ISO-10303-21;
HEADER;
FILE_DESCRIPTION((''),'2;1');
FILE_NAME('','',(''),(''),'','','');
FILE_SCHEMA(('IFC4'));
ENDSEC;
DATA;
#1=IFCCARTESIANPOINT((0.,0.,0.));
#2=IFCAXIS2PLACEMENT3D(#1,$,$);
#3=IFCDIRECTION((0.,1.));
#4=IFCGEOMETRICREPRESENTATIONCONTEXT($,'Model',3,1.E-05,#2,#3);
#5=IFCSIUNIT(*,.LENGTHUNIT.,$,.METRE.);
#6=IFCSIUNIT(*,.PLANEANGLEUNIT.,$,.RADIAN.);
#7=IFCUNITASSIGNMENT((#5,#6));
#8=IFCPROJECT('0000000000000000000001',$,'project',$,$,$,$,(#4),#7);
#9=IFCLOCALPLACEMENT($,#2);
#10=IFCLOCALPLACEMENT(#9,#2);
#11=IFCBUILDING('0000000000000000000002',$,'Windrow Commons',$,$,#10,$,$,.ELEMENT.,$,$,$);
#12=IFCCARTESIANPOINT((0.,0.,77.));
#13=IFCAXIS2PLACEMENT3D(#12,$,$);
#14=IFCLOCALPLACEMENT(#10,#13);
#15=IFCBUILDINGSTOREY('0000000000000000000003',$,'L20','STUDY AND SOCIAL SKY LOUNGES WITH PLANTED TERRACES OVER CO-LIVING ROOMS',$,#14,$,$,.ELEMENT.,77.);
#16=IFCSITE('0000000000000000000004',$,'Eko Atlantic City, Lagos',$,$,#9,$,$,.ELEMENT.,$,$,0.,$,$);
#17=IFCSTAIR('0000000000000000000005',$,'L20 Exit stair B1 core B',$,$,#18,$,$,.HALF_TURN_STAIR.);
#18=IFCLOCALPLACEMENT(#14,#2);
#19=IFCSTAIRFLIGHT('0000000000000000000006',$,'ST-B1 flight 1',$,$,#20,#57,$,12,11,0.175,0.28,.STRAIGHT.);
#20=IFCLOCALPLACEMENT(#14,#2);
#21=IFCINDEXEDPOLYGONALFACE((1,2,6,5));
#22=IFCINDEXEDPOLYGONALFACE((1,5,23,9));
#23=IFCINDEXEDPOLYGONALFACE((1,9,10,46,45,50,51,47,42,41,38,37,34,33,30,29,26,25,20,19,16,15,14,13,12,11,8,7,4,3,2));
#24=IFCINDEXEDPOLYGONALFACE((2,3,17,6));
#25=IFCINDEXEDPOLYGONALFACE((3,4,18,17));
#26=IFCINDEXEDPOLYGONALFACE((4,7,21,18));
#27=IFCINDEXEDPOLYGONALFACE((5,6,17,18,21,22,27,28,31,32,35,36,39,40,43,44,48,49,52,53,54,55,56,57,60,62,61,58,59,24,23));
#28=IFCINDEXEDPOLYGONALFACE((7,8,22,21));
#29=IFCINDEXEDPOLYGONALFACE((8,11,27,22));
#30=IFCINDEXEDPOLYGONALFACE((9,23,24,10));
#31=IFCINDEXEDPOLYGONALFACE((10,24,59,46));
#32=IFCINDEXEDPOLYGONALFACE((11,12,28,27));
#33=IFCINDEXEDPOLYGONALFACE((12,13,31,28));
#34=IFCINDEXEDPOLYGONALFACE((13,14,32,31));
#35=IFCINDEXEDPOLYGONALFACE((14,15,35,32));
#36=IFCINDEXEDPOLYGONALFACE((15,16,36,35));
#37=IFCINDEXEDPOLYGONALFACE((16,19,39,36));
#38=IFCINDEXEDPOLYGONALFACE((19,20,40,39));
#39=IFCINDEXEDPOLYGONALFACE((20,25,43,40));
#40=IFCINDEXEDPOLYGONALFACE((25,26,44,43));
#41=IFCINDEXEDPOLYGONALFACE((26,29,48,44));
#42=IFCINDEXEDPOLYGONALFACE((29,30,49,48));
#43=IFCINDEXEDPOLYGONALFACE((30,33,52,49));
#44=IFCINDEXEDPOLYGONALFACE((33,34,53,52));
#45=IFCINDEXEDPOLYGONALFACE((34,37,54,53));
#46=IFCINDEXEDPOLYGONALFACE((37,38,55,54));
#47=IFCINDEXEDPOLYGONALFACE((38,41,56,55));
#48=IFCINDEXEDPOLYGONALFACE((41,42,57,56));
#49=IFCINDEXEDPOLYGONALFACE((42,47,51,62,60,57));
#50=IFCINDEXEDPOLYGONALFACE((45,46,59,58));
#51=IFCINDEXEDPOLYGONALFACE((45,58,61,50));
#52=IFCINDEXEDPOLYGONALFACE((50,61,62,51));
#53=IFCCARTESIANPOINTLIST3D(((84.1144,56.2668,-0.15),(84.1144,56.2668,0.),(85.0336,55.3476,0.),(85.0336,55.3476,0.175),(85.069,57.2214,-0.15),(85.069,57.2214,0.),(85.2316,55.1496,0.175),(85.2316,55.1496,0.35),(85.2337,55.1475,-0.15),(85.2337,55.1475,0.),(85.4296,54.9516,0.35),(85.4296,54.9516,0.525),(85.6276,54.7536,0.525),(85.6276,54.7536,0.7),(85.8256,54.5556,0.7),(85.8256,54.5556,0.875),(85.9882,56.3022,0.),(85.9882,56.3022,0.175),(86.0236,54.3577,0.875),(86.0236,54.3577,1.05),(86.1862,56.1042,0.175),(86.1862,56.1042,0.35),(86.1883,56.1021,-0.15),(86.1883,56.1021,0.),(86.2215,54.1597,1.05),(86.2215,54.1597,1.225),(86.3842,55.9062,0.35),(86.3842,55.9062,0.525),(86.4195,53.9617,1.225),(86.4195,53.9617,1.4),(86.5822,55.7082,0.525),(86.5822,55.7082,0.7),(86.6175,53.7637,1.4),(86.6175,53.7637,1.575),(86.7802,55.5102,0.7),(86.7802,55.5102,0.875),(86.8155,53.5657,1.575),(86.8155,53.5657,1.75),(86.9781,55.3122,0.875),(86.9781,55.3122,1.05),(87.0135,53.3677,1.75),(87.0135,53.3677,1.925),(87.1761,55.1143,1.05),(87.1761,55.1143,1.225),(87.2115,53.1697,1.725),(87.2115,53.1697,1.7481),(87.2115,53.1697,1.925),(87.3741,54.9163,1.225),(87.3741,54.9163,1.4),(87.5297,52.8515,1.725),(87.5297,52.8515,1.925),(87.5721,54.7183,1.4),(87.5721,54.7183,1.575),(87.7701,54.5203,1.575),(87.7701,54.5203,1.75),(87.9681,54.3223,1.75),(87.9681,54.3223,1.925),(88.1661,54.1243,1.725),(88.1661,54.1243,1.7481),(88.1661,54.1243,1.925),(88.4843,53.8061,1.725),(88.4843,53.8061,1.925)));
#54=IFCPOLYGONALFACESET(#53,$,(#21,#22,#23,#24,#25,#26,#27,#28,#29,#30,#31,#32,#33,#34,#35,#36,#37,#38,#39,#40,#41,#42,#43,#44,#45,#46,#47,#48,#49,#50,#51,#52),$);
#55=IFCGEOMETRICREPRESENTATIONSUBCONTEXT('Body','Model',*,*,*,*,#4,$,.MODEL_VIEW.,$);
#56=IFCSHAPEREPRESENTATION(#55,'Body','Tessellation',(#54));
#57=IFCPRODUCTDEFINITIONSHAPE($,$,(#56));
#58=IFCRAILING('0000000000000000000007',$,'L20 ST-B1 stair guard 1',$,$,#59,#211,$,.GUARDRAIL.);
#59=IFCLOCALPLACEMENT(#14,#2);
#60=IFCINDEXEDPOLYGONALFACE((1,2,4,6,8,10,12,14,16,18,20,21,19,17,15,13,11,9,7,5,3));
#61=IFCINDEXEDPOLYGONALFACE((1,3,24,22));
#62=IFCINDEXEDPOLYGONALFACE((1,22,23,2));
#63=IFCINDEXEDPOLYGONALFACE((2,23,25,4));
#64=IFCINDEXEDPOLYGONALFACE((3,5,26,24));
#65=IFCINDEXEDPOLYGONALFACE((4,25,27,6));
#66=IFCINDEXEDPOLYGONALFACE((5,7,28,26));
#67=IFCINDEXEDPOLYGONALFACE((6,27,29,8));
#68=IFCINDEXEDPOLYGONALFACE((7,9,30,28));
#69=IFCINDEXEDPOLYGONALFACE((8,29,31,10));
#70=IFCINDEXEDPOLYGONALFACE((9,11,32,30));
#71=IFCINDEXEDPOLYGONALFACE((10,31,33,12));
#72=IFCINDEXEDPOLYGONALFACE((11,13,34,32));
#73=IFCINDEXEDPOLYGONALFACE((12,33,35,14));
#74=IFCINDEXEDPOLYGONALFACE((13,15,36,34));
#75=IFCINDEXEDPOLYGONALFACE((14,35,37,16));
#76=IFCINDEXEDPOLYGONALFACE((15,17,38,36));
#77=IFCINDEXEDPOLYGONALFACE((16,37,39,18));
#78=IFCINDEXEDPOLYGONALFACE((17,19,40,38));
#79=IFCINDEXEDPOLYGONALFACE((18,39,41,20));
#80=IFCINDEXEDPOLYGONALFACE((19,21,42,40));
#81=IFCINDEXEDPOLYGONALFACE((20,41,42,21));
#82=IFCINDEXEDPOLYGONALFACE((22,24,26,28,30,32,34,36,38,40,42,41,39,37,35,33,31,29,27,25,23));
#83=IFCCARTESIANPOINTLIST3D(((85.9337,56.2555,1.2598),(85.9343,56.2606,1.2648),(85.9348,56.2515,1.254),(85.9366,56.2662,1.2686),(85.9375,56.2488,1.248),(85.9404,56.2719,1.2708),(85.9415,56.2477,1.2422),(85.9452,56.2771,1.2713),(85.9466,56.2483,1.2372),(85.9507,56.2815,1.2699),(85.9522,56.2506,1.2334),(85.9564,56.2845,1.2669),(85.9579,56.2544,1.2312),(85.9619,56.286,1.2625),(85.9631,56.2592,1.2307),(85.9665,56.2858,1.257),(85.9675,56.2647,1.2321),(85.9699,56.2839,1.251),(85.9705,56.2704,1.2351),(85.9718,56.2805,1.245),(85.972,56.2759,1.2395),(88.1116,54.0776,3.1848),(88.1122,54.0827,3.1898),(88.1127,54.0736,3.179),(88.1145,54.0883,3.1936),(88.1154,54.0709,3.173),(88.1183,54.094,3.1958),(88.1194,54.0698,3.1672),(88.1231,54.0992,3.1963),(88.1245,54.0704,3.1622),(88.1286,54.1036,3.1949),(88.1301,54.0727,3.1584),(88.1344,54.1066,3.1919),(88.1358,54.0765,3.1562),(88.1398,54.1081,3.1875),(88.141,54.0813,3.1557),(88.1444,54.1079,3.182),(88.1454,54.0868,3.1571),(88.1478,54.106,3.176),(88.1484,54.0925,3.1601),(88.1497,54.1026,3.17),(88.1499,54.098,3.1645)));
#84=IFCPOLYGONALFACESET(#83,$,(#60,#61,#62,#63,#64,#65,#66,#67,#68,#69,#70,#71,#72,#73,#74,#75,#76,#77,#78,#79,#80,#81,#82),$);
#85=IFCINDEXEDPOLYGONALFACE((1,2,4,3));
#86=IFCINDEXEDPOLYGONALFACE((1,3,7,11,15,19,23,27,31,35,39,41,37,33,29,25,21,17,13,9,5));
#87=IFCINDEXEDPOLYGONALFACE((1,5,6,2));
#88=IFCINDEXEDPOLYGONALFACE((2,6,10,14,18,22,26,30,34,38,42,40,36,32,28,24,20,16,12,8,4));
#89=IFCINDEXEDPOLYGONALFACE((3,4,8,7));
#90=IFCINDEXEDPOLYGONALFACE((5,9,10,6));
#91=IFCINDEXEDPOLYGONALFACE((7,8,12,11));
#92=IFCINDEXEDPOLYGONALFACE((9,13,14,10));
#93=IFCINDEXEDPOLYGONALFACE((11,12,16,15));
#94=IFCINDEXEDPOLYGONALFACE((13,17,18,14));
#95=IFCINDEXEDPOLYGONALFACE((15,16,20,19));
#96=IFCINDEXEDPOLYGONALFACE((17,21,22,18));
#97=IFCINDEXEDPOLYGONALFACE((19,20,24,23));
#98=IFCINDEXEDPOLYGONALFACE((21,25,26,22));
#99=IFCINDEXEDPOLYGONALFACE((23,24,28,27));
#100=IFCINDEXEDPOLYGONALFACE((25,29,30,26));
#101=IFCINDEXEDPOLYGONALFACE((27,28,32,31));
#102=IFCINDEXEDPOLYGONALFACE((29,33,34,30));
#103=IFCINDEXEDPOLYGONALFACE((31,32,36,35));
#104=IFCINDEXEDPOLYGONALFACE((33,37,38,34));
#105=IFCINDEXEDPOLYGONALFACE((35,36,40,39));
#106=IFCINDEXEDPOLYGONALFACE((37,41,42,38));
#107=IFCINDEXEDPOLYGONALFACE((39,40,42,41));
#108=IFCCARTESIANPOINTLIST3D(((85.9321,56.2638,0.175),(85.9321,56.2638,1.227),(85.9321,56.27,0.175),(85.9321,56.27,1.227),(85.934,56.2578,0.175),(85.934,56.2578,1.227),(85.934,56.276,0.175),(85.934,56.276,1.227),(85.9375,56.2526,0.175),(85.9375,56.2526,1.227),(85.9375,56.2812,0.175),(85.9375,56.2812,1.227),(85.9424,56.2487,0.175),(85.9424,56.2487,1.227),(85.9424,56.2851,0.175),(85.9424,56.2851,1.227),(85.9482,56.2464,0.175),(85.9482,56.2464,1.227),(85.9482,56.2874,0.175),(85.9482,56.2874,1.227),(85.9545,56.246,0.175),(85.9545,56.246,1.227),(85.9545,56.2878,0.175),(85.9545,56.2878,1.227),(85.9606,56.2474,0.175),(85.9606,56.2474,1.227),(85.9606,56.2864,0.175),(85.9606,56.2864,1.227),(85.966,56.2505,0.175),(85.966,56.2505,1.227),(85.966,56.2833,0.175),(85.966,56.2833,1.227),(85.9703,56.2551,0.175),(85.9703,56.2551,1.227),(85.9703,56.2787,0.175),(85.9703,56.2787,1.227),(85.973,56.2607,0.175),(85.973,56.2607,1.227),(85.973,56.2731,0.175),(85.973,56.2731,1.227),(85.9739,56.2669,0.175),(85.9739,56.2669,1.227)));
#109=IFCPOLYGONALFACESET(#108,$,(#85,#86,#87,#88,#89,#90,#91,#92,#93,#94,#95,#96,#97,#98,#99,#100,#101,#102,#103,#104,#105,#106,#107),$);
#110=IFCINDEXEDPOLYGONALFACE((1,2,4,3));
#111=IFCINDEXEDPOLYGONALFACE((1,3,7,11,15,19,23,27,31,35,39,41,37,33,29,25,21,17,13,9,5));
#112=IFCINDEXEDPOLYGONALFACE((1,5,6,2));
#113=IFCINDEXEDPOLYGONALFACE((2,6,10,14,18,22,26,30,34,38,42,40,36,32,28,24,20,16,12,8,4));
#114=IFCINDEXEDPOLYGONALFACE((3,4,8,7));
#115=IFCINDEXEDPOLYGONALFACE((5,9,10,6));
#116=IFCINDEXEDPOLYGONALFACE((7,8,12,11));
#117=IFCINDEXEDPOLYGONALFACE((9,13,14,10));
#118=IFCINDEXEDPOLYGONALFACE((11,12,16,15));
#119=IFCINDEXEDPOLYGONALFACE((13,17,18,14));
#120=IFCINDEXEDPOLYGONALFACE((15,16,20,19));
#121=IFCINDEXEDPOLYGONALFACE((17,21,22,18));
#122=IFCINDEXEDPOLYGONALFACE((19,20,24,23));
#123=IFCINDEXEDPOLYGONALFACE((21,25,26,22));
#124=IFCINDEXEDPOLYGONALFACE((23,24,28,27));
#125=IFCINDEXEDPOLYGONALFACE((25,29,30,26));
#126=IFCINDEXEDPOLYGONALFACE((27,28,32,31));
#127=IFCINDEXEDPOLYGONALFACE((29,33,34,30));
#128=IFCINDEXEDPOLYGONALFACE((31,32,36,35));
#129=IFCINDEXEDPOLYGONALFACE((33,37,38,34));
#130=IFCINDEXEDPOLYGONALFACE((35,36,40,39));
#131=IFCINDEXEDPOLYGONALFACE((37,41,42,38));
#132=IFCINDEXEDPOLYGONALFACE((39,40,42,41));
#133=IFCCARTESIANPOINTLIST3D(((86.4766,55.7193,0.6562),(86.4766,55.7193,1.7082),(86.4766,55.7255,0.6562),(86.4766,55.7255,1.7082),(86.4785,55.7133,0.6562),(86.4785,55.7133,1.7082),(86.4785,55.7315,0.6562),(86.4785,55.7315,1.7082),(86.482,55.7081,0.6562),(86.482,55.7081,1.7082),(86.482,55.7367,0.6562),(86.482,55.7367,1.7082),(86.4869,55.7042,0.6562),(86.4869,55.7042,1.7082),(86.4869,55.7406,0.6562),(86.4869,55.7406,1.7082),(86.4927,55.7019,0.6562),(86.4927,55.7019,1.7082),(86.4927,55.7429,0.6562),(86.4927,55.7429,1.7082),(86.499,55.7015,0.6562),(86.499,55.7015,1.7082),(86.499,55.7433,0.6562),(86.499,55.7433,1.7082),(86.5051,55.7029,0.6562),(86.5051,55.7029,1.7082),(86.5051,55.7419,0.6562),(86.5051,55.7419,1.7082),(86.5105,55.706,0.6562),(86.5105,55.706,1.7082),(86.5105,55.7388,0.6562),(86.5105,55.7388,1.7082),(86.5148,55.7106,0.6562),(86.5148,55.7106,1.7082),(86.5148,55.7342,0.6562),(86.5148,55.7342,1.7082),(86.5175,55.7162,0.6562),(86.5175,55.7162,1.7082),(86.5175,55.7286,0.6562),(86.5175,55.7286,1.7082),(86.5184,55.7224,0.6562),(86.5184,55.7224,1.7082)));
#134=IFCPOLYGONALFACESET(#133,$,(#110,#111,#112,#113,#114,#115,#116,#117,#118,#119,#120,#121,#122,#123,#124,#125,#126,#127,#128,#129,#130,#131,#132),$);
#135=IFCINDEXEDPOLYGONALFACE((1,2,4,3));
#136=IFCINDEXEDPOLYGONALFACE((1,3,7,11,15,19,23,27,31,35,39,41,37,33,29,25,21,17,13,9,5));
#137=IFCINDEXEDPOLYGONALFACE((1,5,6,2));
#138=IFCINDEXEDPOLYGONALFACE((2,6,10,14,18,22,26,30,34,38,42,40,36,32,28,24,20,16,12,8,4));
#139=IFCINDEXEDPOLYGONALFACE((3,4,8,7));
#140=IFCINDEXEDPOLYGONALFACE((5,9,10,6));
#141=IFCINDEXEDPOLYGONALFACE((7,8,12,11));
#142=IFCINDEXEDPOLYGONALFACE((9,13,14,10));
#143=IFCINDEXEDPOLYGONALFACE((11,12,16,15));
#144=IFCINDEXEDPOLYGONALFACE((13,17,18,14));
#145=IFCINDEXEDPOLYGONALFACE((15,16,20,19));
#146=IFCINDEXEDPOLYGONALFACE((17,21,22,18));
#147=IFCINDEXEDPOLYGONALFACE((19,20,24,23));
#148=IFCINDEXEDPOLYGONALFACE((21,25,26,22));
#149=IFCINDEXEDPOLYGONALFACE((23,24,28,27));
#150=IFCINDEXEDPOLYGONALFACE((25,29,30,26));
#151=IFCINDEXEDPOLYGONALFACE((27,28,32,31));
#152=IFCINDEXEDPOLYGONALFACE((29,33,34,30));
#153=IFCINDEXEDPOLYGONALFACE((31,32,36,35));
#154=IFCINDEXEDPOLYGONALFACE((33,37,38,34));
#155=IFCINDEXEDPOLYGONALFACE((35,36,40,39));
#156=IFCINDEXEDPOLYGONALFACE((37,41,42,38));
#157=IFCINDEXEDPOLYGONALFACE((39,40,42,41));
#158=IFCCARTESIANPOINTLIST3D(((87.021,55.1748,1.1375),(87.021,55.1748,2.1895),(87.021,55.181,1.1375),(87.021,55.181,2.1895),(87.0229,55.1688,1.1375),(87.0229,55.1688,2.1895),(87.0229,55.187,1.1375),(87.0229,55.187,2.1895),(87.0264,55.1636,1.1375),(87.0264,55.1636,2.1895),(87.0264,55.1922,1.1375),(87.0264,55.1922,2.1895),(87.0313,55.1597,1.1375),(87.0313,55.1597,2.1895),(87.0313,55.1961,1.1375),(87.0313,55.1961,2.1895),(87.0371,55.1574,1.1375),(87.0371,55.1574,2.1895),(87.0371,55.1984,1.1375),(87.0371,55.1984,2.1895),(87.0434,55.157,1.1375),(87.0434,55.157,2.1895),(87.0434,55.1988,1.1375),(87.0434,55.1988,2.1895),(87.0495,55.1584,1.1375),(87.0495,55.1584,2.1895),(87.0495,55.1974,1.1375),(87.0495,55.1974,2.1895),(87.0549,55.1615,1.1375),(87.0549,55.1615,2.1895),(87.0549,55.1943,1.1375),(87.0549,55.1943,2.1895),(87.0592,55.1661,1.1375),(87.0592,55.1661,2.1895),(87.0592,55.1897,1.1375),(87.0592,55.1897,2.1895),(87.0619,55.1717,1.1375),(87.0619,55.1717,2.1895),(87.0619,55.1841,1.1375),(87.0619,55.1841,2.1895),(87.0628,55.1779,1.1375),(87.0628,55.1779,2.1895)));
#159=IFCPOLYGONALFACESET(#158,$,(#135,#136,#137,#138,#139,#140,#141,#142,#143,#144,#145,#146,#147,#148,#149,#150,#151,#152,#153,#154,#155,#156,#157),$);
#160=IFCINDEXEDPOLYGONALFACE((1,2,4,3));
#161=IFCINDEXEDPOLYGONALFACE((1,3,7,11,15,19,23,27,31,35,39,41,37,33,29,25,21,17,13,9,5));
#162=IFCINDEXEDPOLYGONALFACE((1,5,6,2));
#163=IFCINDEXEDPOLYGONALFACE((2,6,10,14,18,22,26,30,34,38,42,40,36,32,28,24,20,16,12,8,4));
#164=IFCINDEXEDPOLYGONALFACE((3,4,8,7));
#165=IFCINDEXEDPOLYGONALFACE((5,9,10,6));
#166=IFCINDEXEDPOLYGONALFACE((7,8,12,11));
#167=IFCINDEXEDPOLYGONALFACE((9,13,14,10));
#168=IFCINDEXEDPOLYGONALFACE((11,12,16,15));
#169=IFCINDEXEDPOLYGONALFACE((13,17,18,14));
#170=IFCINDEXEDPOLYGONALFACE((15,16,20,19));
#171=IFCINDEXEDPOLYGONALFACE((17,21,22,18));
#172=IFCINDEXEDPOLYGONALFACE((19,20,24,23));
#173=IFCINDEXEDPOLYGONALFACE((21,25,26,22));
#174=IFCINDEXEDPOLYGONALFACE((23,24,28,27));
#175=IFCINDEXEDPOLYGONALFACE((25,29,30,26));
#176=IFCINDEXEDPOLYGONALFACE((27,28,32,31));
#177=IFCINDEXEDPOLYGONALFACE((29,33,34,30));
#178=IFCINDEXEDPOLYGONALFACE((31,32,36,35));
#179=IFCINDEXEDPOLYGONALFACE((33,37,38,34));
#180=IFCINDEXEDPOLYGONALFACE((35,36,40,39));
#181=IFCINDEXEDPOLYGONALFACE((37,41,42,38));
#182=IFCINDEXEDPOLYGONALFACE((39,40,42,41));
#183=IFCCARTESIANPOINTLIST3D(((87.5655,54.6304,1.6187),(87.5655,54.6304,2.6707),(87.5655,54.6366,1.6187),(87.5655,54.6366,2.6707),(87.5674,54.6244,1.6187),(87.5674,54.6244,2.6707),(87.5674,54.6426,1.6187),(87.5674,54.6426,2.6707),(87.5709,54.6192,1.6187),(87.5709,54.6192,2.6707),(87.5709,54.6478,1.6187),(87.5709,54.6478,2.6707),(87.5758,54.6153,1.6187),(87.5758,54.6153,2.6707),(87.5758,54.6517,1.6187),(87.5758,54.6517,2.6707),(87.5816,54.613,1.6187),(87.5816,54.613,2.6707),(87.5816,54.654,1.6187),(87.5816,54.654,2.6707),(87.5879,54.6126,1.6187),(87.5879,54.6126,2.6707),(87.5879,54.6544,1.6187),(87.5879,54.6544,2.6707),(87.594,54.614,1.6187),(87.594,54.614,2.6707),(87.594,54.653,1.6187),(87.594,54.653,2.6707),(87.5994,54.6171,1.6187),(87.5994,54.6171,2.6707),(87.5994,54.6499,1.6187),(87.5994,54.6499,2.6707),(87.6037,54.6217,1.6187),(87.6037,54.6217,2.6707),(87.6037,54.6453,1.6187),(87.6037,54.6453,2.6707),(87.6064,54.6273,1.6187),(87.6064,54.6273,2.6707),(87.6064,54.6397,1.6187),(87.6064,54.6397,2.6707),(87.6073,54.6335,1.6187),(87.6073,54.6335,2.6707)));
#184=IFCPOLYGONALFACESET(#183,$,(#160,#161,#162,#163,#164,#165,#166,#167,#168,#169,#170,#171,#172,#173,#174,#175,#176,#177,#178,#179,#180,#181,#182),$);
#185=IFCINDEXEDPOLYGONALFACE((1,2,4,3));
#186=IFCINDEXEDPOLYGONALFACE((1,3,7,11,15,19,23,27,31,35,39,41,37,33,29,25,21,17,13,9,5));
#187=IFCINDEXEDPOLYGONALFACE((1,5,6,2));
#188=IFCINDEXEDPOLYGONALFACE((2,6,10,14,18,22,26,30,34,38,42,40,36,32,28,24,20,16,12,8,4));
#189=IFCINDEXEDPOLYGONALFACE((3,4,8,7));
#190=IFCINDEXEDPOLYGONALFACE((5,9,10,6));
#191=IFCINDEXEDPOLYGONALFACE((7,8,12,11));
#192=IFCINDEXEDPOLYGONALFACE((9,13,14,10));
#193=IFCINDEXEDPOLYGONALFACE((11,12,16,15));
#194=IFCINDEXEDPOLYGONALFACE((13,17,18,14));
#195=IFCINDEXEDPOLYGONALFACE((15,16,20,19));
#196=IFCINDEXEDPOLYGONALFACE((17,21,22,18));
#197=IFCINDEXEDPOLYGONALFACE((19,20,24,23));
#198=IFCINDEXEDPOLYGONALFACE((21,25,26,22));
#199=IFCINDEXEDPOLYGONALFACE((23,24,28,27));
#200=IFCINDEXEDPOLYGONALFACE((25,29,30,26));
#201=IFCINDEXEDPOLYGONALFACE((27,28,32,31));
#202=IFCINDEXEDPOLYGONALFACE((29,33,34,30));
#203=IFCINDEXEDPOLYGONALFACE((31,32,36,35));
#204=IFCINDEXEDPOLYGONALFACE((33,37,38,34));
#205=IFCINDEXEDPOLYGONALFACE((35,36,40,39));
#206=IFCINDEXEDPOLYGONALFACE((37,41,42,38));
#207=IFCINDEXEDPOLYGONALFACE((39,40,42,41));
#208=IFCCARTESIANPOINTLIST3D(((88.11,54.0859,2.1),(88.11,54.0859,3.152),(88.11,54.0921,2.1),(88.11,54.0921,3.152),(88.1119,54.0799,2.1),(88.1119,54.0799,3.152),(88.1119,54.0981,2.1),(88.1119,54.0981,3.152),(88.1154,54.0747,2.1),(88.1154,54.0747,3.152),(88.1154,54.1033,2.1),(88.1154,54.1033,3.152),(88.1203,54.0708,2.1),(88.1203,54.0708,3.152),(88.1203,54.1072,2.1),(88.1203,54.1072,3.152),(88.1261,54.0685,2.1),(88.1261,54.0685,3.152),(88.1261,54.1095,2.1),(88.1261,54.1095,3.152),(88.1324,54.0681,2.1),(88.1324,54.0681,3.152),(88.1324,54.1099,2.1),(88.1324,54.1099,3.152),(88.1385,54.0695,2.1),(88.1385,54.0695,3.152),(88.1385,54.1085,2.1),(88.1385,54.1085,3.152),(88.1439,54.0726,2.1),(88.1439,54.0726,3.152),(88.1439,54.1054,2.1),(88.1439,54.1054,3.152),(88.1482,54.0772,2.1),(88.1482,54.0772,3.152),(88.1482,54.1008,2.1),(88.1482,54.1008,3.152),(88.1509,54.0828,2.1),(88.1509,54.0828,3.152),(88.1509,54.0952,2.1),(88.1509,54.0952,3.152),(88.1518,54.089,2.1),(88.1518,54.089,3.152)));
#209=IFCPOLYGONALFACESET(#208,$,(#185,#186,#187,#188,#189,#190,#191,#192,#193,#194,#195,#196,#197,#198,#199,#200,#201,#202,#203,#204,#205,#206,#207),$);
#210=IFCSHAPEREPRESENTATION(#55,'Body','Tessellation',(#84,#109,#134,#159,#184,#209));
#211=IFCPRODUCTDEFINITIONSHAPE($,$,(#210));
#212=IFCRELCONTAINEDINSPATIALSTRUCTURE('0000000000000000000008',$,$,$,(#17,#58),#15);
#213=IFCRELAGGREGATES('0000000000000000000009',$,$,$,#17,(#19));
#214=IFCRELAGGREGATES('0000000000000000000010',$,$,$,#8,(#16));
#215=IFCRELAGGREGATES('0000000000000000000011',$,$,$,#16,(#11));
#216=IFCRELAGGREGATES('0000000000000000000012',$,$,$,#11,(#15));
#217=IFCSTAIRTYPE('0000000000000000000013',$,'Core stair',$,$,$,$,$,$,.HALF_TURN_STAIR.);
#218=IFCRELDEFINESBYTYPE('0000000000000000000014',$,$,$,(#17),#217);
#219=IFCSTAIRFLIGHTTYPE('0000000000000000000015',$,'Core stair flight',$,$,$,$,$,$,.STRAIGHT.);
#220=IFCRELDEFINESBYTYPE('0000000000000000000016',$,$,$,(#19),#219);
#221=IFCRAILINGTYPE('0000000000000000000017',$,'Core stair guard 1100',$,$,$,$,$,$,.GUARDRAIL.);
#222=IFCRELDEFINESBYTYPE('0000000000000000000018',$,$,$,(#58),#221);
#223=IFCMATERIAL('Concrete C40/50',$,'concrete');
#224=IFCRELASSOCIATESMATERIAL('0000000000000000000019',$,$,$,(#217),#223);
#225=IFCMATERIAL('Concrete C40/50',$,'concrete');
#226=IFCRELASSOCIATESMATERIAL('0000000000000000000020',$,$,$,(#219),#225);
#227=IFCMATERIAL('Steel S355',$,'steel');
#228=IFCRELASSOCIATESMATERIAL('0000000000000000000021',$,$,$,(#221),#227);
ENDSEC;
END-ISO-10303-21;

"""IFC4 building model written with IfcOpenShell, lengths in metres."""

from ifc_helpers import new_model, si_unit, direction, frame, origin, origin_2d, place, context, subcontext, project, spatial, polyline, circle, outline, extrude, material, type_object, element, aggregate, save


model = new_model("IFC4")

# Units and contexts
model_context = context("Model", 3, precision=1e-05, world=origin(), true_north=direction((0.0, 1.0)))
body_context = subcontext(model_context, "Body", "Model", "MODEL_VIEW")
ifc_project = project(units=[si_unit("LENGTHUNIT", "METRE"), si_unit("PLANEANGLEUNIT", "RADIAN")], contexts=[model_context])

# Site, building, storey
site_placement = place(None, origin())
site = spatial("IfcSite", under=ifc_project, at=site_placement, Name="Eko Atlantic City, Lagos", CompositionType="ELEMENT", RefElevation=0.0)
building_placement = place(site_placement, origin())
building = spatial("IfcBuilding", under=site, at=building_placement, Name="Windrow Commons", CompositionType="ELEMENT")
storey_placement = place(building_placement, frame((0.0, 0.0, 77.0)))
storey = spatial("IfcBuildingStorey", under=building, at=storey_placement, Name="L20", Description="STUDY AND SOCIAL SKY LOUNGES WITH PLANTED TERRACES OVER CO-LIVING ROOMS", CompositionType="ELEMENT", Elevation=77.0)

# Shared definitions
placement = place(storey_placement, origin())

# Stair, stair flight
ifc_material_1 = material(Name="Concrete C40/50", Category="concrete")
stair_type = type_object("IfcStairType", Name="Core stair", PredefinedType="HALF_TURN_STAIR", material=ifc_material_1)
stair = element("IfcStair", 1, at=placement, inside=storey, type_object=stair_type, Name="L20 Exit stair B1 core B", PredefinedType="HALF_TURN_STAIR")
ifc_material_2 = material(Name="Concrete C40/50", Category="concrete")
stair_flight_type = type_object("IfcStairFlightType", Name="Core stair flight", PredefinedType="STRAIGHT", material=ifc_material_2)
stair_flight_placement = place(storey_placement, frame((85.5109, 55.8249, 0.0), z_axis=(0.0, 0.0, 1.0), x_axis=(0.707107, -0.707107, 0.0)))
stair_flight = element("IfcStairFlight", 2, at=stair_flight_placement, type_object=stair_flight_type, Name="ST-B1 flight 1", NumberOfRisers=12, NumberOfTreads=11, PredefinedType="STRAIGHT", RiserHeight=0.175, TreadLength=0.28, context=body_context, shape_type="SweptSolid", body=[
    extrude(outline(polyline([(-1.3, -0.15), (-1.3, 0.0), (0.0, 0.0), (0.0, 0.175), (0.28, 0.175), (0.28, 0.35), (0.56, 0.35), (0.56, 0.525), (0.84, 0.525), (0.84, 0.7), (1.12, 0.7), (1.12, 0.875), (1.4, 0.875), (1.4, 1.05), (1.68, 1.05), (1.68, 1.225), (1.96, 1.225), (1.96, 1.4), (2.24, 1.4), (2.24, 1.575), (2.52, 1.575), (2.52, 1.75), (2.8, 1.75), (2.8, 1.925), (3.08, 1.925), (3.53, 1.925), (3.53, 1.725), (3.08, 1.725), (3.08, 1.7481), (0.283, 0.0), (0.283, -0.15), (-1.3, -0.15)])), frame((0.0, 0.675, 0.0), z_axis=(0.0, -1.0, 0.0), x_axis=(1.0, 0.0, 0.0)), (0.0, 0.0, 1.0), 1.35),
])
aggregate(stair, [stair_flight])

# Railing
ifc_material_3 = material(Name="Steel S355", Category="steel")
railing_type_1 = type_object("IfcRailingType", Name="Core stair guard 1100", PredefinedType="GUARDRAIL", material=ifc_material_3)
railing_1_placement = place(storey_placement, frame((85.9529, 56.2669, 0.175)))
element("IfcRailing", 3, at=railing_1_placement, inside=storey, type_object=railing_type_1, Name="L20 ST-B1 stair guard 1", PredefinedType="GUARDRAIL", context=body_context, shape_type="SweptSolid", body=[
    extrude(circle(Radius=0.024, at=origin_2d()), frame((0.0, 0.0, 1.076), z_axis=(0.599626, -0.599626, 0.529997), x_axis=(0.707107, 0.707107, 0.0)), (0.0, 0.0, 1.0), 3.6321),
    extrude(circle(Radius=0.021, at=origin_2d()), origin(), (0.0, 0.0, 1.0), 1.052),
    extrude(circle(Radius=0.021, at=origin_2d()), frame((0.5445, -0.5445, 0.4812)), (0.0, 0.0, 1.0), 1.052),
    extrude(circle(Radius=0.021, at=origin_2d()), frame((1.0889, -1.089, 0.9625)), (0.0, 0.0, 1.0), 1.052),
    extrude(circle(Radius=0.021, at=origin_2d()), frame((1.6334, -1.6334, 1.4437)), (0.0, 0.0, 1.0), 1.052),
    extrude(circle(Radius=0.021, at=origin_2d()), frame((2.1779, -2.1779, 1.925)), (0.0, 0.0, 1.0), 1.052),
])

save(model, "model.ifc")
